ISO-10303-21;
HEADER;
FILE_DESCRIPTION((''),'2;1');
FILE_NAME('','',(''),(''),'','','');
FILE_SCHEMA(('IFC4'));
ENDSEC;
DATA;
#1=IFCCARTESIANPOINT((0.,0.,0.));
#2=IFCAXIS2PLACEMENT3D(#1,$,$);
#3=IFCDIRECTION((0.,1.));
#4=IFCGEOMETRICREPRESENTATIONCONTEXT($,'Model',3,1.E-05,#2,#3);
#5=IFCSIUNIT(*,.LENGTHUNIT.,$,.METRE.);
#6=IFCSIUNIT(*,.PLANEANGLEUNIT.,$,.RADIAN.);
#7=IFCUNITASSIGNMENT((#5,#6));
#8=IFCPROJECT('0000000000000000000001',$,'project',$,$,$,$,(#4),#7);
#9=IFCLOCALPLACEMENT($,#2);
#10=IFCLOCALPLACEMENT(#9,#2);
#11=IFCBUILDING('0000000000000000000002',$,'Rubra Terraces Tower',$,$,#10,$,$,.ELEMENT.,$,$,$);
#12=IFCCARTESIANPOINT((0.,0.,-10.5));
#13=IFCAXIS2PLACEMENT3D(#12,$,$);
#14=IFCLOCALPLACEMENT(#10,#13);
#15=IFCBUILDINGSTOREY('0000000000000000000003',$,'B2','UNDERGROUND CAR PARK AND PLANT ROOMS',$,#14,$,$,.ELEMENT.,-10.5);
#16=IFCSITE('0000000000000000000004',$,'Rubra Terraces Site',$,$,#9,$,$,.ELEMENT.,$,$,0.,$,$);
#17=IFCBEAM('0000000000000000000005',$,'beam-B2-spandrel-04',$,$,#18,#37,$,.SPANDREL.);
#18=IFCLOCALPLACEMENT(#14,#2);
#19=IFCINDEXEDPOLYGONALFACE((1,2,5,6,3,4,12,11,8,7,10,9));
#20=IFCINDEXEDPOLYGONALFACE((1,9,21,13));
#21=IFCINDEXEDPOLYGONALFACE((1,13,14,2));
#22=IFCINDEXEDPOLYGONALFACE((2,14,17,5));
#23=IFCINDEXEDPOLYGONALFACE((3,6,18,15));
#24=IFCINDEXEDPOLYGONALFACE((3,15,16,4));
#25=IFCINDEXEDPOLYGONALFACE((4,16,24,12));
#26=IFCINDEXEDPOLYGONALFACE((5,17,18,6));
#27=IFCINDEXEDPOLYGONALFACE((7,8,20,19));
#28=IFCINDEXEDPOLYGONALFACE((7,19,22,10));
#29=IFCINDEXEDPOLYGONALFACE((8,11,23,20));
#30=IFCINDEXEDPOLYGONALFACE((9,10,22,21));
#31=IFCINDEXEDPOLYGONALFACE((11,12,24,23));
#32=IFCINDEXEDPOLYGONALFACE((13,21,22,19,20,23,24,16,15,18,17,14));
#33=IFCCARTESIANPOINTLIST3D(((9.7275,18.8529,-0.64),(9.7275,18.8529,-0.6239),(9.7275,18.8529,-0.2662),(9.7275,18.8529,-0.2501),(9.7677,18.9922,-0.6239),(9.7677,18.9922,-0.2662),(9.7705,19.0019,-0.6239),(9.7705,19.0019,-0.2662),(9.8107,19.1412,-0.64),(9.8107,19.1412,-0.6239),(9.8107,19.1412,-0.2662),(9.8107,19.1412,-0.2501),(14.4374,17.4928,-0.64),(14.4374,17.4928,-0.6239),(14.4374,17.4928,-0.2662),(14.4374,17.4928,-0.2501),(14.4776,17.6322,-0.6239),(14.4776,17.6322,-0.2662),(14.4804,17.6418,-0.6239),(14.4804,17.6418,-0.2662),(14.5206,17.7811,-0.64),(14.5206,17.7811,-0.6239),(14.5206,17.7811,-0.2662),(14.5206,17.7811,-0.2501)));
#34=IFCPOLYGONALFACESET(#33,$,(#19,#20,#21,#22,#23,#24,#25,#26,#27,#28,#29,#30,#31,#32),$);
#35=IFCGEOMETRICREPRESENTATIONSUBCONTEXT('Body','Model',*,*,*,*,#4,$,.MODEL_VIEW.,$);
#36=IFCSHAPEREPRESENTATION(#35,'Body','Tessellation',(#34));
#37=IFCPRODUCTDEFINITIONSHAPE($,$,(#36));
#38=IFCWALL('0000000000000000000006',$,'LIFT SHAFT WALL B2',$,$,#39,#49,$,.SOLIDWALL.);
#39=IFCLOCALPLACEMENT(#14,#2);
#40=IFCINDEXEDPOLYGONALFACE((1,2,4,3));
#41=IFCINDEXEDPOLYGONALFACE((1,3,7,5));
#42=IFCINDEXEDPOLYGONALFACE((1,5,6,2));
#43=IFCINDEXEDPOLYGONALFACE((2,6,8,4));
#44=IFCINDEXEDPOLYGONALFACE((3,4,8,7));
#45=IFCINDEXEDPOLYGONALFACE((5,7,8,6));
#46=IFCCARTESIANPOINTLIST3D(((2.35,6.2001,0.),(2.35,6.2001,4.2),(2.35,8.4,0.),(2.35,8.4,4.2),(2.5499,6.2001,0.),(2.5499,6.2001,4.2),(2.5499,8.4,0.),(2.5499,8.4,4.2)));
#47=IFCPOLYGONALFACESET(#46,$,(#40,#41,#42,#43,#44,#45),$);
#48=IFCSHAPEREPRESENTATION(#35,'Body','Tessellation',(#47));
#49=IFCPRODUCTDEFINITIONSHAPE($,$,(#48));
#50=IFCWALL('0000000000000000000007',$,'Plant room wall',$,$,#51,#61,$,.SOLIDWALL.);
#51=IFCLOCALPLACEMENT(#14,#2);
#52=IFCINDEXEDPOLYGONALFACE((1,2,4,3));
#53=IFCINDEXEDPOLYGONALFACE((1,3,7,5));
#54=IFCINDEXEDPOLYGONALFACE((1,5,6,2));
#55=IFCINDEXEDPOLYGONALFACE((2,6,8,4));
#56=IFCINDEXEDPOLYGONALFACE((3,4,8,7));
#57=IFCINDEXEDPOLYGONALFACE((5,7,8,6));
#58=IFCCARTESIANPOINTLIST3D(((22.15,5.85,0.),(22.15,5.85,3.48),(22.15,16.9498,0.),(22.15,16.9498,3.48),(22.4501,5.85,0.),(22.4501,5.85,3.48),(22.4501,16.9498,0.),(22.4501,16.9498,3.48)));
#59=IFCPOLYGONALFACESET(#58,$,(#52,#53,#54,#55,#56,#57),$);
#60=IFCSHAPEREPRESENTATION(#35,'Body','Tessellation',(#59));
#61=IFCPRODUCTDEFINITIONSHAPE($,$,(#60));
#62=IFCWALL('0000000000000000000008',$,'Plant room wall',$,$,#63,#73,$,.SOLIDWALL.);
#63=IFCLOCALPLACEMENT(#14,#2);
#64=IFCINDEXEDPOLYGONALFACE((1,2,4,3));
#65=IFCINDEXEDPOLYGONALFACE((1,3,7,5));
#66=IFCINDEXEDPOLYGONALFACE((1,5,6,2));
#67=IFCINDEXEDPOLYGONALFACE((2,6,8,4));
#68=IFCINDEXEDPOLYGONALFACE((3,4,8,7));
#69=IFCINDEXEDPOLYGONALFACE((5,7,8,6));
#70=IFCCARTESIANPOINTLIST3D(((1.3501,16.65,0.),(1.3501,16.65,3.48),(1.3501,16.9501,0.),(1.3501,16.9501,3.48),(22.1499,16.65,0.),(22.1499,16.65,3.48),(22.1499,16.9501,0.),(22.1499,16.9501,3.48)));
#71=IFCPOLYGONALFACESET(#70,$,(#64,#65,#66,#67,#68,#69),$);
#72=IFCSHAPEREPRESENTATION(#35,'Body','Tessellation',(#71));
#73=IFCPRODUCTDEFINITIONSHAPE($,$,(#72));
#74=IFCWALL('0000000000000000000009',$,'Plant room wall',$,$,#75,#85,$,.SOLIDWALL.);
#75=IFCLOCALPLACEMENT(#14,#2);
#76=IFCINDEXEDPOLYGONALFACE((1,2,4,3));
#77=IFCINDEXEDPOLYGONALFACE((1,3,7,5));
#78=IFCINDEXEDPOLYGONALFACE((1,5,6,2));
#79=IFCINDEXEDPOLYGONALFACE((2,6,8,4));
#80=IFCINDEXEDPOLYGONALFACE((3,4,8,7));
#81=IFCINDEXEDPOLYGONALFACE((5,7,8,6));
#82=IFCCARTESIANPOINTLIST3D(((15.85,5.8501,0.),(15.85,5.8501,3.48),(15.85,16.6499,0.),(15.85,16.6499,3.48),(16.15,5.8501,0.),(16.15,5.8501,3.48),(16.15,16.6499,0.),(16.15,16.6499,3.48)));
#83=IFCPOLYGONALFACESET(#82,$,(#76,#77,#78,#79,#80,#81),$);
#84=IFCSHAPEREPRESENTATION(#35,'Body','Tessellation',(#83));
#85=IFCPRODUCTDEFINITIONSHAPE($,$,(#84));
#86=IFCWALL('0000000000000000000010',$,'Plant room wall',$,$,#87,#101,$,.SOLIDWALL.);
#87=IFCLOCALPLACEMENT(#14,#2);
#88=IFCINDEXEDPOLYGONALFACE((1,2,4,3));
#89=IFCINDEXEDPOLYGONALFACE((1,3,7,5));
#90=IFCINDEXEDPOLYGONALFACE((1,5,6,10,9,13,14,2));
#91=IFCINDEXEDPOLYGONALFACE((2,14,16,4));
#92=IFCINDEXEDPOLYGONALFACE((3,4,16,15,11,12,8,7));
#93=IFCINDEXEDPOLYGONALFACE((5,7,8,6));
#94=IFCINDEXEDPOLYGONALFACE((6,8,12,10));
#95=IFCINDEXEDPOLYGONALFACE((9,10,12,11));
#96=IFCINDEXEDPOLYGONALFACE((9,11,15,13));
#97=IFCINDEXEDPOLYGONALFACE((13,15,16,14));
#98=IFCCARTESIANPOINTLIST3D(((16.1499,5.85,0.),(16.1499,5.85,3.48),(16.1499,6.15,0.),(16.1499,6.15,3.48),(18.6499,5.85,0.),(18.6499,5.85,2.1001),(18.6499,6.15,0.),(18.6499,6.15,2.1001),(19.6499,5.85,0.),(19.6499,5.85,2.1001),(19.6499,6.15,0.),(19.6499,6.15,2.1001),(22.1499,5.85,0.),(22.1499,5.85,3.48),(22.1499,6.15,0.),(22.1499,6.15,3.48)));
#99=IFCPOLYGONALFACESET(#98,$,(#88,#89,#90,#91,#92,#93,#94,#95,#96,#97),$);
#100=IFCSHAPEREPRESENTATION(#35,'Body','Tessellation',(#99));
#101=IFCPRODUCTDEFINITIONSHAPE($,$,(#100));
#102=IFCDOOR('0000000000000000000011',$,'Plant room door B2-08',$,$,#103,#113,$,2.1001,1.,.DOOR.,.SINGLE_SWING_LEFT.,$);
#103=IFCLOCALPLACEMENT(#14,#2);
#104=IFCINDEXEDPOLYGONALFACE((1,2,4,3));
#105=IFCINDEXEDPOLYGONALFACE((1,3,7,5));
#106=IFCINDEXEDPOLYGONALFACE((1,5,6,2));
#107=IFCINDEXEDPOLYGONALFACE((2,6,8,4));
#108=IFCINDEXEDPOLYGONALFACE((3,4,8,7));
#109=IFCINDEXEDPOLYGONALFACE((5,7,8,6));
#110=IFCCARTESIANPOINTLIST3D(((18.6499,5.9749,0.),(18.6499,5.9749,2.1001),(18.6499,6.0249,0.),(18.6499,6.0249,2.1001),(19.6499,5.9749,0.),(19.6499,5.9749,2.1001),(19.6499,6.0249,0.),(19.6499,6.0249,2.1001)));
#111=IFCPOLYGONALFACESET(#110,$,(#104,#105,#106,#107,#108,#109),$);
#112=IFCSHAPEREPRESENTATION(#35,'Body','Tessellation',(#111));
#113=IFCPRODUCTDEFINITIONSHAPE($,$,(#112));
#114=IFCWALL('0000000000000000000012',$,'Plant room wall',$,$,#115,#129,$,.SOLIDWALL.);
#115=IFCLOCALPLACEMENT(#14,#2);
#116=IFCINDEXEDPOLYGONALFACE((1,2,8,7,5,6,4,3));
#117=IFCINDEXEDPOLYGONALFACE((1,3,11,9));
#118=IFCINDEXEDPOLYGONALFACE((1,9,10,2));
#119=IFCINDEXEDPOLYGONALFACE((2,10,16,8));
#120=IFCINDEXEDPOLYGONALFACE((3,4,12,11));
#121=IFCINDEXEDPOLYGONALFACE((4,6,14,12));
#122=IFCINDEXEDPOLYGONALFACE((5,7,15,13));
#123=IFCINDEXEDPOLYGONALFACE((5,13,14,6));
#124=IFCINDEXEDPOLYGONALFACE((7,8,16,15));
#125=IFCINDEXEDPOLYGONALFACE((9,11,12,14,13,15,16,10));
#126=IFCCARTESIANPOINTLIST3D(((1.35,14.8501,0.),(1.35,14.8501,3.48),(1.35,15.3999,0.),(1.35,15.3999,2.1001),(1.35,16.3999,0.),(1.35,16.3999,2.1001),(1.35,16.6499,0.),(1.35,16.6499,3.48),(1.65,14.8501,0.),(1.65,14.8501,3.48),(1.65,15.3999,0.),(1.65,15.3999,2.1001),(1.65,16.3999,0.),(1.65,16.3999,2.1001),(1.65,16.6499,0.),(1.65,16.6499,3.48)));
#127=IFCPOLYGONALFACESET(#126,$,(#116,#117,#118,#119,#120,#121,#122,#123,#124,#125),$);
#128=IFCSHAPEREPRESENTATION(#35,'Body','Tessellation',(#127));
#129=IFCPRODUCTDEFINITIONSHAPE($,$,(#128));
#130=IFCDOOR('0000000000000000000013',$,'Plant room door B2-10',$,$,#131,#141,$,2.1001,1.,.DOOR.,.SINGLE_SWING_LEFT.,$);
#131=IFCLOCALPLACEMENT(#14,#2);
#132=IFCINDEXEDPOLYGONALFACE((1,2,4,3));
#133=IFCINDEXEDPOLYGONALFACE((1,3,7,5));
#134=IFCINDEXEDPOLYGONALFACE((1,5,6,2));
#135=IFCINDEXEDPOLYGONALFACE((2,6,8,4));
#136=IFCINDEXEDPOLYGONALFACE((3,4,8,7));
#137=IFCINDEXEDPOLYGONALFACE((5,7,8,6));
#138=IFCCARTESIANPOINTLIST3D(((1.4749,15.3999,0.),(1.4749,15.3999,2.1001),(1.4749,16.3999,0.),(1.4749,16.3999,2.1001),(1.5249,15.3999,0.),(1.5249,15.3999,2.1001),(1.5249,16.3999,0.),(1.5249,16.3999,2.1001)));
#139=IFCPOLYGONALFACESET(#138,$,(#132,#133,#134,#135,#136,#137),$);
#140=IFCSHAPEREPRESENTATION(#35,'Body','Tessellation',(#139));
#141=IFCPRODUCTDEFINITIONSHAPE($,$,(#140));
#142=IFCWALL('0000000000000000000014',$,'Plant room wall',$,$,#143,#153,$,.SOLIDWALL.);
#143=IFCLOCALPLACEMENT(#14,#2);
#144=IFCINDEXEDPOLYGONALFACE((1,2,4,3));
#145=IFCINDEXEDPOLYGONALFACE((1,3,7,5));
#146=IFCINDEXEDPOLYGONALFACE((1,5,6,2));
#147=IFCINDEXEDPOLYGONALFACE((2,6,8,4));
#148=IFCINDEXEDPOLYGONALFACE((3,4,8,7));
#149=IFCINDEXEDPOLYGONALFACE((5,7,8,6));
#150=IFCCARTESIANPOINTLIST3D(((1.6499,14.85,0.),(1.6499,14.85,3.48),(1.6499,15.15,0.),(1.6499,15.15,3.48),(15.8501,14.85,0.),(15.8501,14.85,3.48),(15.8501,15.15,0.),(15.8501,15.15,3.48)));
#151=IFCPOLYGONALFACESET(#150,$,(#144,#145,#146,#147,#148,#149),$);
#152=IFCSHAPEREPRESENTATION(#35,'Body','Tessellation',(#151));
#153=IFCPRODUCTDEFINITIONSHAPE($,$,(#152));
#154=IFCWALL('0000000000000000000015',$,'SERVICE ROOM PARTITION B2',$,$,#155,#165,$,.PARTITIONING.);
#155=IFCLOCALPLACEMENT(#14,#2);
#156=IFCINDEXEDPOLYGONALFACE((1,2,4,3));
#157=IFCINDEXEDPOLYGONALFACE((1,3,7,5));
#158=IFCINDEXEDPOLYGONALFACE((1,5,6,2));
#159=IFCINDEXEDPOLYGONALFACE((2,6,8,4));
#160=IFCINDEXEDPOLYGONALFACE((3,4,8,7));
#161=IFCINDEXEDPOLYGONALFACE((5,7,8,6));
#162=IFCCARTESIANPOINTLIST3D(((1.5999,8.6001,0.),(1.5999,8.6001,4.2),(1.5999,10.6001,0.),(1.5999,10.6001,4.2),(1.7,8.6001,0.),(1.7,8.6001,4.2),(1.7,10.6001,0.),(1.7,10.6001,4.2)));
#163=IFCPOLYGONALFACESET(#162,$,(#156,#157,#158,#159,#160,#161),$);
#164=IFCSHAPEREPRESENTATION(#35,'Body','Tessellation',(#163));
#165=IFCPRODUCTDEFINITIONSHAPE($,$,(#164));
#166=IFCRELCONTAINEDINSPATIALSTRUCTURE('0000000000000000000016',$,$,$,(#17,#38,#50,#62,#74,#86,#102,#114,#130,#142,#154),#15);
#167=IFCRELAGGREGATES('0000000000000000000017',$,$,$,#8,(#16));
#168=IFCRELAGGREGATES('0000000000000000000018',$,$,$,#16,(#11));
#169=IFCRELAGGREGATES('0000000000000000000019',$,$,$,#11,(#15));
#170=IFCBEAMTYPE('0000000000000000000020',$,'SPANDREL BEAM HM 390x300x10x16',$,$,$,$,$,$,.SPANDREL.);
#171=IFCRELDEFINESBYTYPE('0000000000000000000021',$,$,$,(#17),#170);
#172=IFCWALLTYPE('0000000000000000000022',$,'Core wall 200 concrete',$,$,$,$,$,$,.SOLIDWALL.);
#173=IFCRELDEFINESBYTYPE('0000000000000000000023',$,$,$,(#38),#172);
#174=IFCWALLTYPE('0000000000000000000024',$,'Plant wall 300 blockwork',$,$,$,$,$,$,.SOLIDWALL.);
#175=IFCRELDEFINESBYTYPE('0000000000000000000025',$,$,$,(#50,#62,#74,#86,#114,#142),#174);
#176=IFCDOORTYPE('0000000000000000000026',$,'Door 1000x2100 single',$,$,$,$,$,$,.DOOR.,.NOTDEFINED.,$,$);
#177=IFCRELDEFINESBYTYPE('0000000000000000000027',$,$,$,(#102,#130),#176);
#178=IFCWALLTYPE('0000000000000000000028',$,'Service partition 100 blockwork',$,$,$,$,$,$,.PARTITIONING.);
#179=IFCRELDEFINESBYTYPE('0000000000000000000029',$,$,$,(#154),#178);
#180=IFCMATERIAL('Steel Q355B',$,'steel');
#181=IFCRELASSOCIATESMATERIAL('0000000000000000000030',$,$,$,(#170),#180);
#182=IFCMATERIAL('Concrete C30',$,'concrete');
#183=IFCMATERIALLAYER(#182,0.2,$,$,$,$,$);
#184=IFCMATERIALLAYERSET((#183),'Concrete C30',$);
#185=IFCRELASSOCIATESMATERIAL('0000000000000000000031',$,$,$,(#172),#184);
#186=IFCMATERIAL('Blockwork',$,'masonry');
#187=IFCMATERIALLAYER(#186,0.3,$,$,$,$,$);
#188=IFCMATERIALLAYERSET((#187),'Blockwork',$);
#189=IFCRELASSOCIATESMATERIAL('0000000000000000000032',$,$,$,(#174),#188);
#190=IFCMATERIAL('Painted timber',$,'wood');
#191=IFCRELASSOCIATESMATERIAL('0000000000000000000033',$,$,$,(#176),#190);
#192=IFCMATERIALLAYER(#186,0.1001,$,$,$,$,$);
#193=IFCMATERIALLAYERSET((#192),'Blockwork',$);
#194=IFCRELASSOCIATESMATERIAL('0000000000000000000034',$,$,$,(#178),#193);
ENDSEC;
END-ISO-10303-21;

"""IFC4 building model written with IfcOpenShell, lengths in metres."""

from ifc_helpers import new_model, si_unit, direction, frame, frame_2d, origin, origin_2d, place, context, subcontext, project, spatial, rectangle, i_section, extrude, material, layer, layer_set, material_profile, profile_set, type_object, element, fill, save


model = new_model("IFC4")

# Units and contexts
model_context = context("Model", 3, precision=1e-05, world=origin(), true_north=direction((0.0, 1.0)))
body_context = subcontext(model_context, "Body", "Model", "MODEL_VIEW")
ifc_project = project(units=[si_unit("LENGTHUNIT", "METRE"), si_unit("PLANEANGLEUNIT", "RADIAN")], contexts=[model_context])

# Site, building, storey
site_placement = place(None, origin())
site = spatial("IfcSite", under=ifc_project, at=site_placement, Name="Rubra Terraces Site", CompositionType="ELEMENT", RefElevation=0.0)
building_placement = place(site_placement, origin())
building = spatial("IfcBuilding", under=site, at=building_placement, Name="Rubra Terraces Tower", CompositionType="ELEMENT")
storey_placement = place(building_placement, frame((0.0, 0.0, -10.5)))
storey = spatial("IfcBuildingStorey", under=building, at=storey_placement, Name="B2", Description="UNDERGROUND CAR PARK AND PLANT ROOMS", CompositionType="ELEMENT", Elevation=-10.5)

# Beam
ifc_material_1 = material(Name="Steel Q355B", Category="steel")
ifc_material_profile_1 = material_profile(ifc_material_1, i_section(OverallWidth=0.3, OverallDepth=0.3899, WebThickness=0.01, FlangeThickness=0.0161, at=origin_2d()), Name="HM 390x300x10x16")
ifc_profile_set_1 = profile_set([ifc_material_profile_1], Name="Steel Q355B")
beam_type_1 = type_object("IfcBeamType", Name="SPANDREL BEAM HM 390x300x10x16", PredefinedType="SPANDREL", material=ifc_profile_set_1)
beam_1_placement = place(storey_placement, frame((14.479, 17.637, -0.4451), z_axis=(-0.960744, 0.277436, 0.0), x_axis=(-0.277436, -0.960744, 0.0)))
element("IfcBeam", 1, at=beam_1_placement, inside=storey, type_object=beam_type_1, Name="beam-B2-spandrel-04", PredefinedType="SPANDREL", context=body_context, shape_type="SweptSolid", body=[
    extrude(i_section(OverallWidth=0.3, OverallDepth=0.3899, WebThickness=0.01, FlangeThickness=0.0161, at=origin_2d()), origin(), (0.0, 0.0, 1.0), 4.9023),
])

# Walls
ifc_material_2 = material(Name="Concrete C30", Category="concrete")
ifc_layer_1 = layer(ifc_material_2, 0.2)
ifc_layer_set_1 = layer_set([ifc_layer_1], Name="Concrete C30")
wall_type_1 = type_object("IfcWallType", Name="Core wall 200 concrete", PredefinedType="SOLIDWALL", material=ifc_layer_set_1)
wall_1_placement = place(storey_placement, frame((2.45, 6.2, 0.0), z_axis=(0.0, 0.0, 1.0), x_axis=(0.0, 1.0, 0.0)))
element("IfcWall", 2, at=wall_1_placement, inside=storey, type_object=wall_type_1, Name="LIFT SHAFT WALL B2", PredefinedType="SOLIDWALL", context=body_context, shape_type="SweptSolid", body=[
    extrude(rectangle(XDim=2.2, YDim=0.2, at=frame_2d((1.1001, 0.0))), origin(), (0.0, 0.0, 1.0), 4.2),
])
ifc_material_3 = material(Name="Blockwork", Category="masonry")
ifc_layer_2 = layer(ifc_material_3, 0.3)
ifc_layer_set_2 = layer_set([ifc_layer_2], Name="Blockwork")
wall_type_2 = type_object("IfcWallType", Name="Plant wall 300 blockwork", PredefinedType="SOLIDWALL", material=ifc_layer_set_2)
wall_2_placement = place(storey_placement, frame((22.3, 5.8501, 0.0), z_axis=(0.0, 0.0, 1.0), x_axis=(0.0, 1.0, 0.0)))
element("IfcWall", 3, at=wall_2_placement, inside=storey, type_object=wall_type_2, Name="Plant room wall", PredefinedType="SOLIDWALL", context=body_context, shape_type="SweptSolid", body=[
    extrude(rectangle(XDim=11.0999, YDim=0.3, at=frame_2d((5.5498, 0.0))), origin(), (0.0, 0.0, 1.0), 3.48),
])
wall_3_placement = place(storey_placement, frame((22.1499, 16.8, 0.0), z_axis=(0.0, 0.0, 1.0), x_axis=(-1.0, 0.0, 0.0)))
element("IfcWall", 4, at=wall_3_placement, inside=storey, type_object=wall_type_2, Name="Plant room wall", PredefinedType="SOLIDWALL", context=body_context, shape_type="SweptSolid", body=[
    extrude(rectangle(XDim=20.7998, YDim=0.3, at=frame_2d((10.3999, 0.0))), origin(), (0.0, 0.0, 1.0), 3.48),
])
wall_4_placement = place(storey_placement, frame((16.0, 16.6499, 0.0), z_axis=(0.0, 0.0, 1.0), x_axis=(0.0, -1.0, 0.0)))
element("IfcWall", 5, at=wall_4_placement, inside=storey, type_object=wall_type_2, Name="Plant room wall", PredefinedType="SOLIDWALL", context=body_context, shape_type="SweptSolid", body=[
    extrude(rectangle(XDim=10.7998, YDim=0.3, at=frame_2d((5.3999, 0.0))), origin(), (0.0, 0.0, 1.0), 3.48),
])

# Walls, openings, doors
wall_5_placement = place(storey_placement, frame((16.1499, 6.0, 0.0), z_axis=(0.0, 0.0, 1.0), x_axis=(1.0, 0.0, 0.0)))
wall_5 = element("IfcWall", 6, at=wall_5_placement, inside=storey, type_object=wall_type_2, Name="Plant room wall", PredefinedType="SOLIDWALL", context=body_context, shape_type="SweptSolid", body=[
    extrude(rectangle(XDim=6.0, YDim=0.3, at=frame_2d((3.0, 0.0))), origin(), (0.0, 0.0, 1.0), 3.48),
])
opening_1_placement = place(wall_5_placement, frame((2.5, 0.0, 0.0)))
opening_1 = element("IfcOpeningElement", 7, at=opening_1_placement, cuts=wall_5, PredefinedType="OPENING", context=body_context, shape_type="SweptSolid", body=[
    extrude(rectangle(XDim=1.0, YDim=2.1001, at=frame_2d((0.5, 1.05))), frame((0.0, 0.1599, 0.0), z_axis=(0.0, -1.0, 0.0), x_axis=(1.0, 0.0, 0.0)), (0.0, 0.0, 1.0), 0.3201),
])
ifc_material_4 = material(Name="Painted timber", Category="wood")
door_type_1 = type_object("IfcDoorType", Name="Door 1000x2100 single", OperationType="NOTDEFINED", PredefinedType="DOOR", material=ifc_material_4)
door_1_placement = place(opening_1_placement, origin())
door_1 = element("IfcDoor", 8, at=door_1_placement, inside=storey, type_object=door_type_1, Name="Plant room door B2-08", OperationType="SINGLE_SWING_LEFT", OverallHeight=2.1001, OverallWidth=1.0, PredefinedType="DOOR", context=body_context, shape_type="SweptSolid", body=[
    extrude(rectangle(XDim=1.0, YDim=2.1001, at=frame_2d((0.5, 1.05))), frame((0.0, 0.0249, 0.0), z_axis=(0.0, -1.0, 0.0), x_axis=(1.0, 0.0, 0.0)), (0.0, 0.0, 1.0), 0.05),
])
fill(opening_1, door_1)
wall_6_placement = place(storey_placement, frame((1.5, 16.6499, 0.0), z_axis=(0.0, 0.0, 1.0), x_axis=(0.0, -1.0, 0.0)))
wall_6 = element("IfcWall", 9, at=wall_6_placement, inside=storey, type_object=wall_type_2, Name="Plant room wall", PredefinedType="SOLIDWALL", context=body_context, shape_type="SweptSolid", body=[
    extrude(rectangle(XDim=1.7998, YDim=0.3, at=frame_2d((0.8999, 0.0))), origin(), (0.0, 0.0, 1.0), 3.48),
])
opening_2_placement = place(wall_6_placement, frame((0.25, 0.0, 0.0)))
opening_2 = element("IfcOpeningElement", 10, at=opening_2_placement, cuts=wall_6, PredefinedType="OPENING", context=body_context, shape_type="SweptSolid", body=[
    extrude(rectangle(XDim=1.0, YDim=2.1001, at=frame_2d((0.5, 1.05))), frame((0.0, 0.1599, 0.0), z_axis=(0.0, -1.0, 0.0), x_axis=(1.0, 0.0, 0.0)), (0.0, 0.0, 1.0), 0.3201),
])
door_2_placement = place(opening_2_placement, origin())
door_2 = element("IfcDoor", 11, at=door_2_placement, inside=storey, type_object=door_type_1, Name="Plant room door B2-10", OperationType="SINGLE_SWING_LEFT", OverallHeight=2.1001, OverallWidth=1.0, PredefinedType="DOOR", context=body_context, shape_type="SweptSolid", body=[
    extrude(rectangle(XDim=1.0, YDim=2.1001, at=frame_2d((0.5, 1.05))), frame((0.0, 0.0249, 0.0), z_axis=(0.0, -1.0, 0.0), x_axis=(1.0, 0.0, 0.0)), (0.0, 0.0, 1.0), 0.05),
])
fill(opening_2, door_2)

# Walls
wall_7_placement = place(storey_placement, frame((1.6499, 15.0, 0.0), z_axis=(0.0, 0.0, 1.0), x_axis=(1.0, 0.0, 0.0)))
element("IfcWall", 12, at=wall_7_placement, inside=storey, type_object=wall_type_2, Name="Plant room wall", PredefinedType="SOLIDWALL", context=body_context, shape_type="SweptSolid", body=[
    extrude(rectangle(XDim=14.2002, YDim=0.3, at=frame_2d((7.1001, 0.0))), origin(), (0.0, 0.0, 1.0), 3.48),
])
ifc_layer_3 = layer(ifc_material_3, 0.1001)
ifc_layer_set_3 = layer_set([ifc_layer_3], Name="Blockwork")
wall_type_3 = type_object("IfcWallType", Name="Service partition 100 blockwork", PredefinedType="PARTITIONING", material=ifc_layer_set_3)
wall_8_placement = place(storey_placement, frame((1.6499, 8.6001, 0.0), z_axis=(0.0, 0.0, 1.0), x_axis=(0.0, 1.0, 0.0)))
element("IfcWall", 13, at=wall_8_placement, inside=storey, type_object=wall_type_3, Name="SERVICE ROOM PARTITION B2", PredefinedType="PARTITIONING", context=body_context, shape_type="SweptSolid", body=[
    extrude(rectangle(XDim=2.0, YDim=0.1001, at=frame_2d((1.0, 0.0))), origin(), (0.0, 0.0, 1.0), 4.2),
])

save(model, "model.ifc")
